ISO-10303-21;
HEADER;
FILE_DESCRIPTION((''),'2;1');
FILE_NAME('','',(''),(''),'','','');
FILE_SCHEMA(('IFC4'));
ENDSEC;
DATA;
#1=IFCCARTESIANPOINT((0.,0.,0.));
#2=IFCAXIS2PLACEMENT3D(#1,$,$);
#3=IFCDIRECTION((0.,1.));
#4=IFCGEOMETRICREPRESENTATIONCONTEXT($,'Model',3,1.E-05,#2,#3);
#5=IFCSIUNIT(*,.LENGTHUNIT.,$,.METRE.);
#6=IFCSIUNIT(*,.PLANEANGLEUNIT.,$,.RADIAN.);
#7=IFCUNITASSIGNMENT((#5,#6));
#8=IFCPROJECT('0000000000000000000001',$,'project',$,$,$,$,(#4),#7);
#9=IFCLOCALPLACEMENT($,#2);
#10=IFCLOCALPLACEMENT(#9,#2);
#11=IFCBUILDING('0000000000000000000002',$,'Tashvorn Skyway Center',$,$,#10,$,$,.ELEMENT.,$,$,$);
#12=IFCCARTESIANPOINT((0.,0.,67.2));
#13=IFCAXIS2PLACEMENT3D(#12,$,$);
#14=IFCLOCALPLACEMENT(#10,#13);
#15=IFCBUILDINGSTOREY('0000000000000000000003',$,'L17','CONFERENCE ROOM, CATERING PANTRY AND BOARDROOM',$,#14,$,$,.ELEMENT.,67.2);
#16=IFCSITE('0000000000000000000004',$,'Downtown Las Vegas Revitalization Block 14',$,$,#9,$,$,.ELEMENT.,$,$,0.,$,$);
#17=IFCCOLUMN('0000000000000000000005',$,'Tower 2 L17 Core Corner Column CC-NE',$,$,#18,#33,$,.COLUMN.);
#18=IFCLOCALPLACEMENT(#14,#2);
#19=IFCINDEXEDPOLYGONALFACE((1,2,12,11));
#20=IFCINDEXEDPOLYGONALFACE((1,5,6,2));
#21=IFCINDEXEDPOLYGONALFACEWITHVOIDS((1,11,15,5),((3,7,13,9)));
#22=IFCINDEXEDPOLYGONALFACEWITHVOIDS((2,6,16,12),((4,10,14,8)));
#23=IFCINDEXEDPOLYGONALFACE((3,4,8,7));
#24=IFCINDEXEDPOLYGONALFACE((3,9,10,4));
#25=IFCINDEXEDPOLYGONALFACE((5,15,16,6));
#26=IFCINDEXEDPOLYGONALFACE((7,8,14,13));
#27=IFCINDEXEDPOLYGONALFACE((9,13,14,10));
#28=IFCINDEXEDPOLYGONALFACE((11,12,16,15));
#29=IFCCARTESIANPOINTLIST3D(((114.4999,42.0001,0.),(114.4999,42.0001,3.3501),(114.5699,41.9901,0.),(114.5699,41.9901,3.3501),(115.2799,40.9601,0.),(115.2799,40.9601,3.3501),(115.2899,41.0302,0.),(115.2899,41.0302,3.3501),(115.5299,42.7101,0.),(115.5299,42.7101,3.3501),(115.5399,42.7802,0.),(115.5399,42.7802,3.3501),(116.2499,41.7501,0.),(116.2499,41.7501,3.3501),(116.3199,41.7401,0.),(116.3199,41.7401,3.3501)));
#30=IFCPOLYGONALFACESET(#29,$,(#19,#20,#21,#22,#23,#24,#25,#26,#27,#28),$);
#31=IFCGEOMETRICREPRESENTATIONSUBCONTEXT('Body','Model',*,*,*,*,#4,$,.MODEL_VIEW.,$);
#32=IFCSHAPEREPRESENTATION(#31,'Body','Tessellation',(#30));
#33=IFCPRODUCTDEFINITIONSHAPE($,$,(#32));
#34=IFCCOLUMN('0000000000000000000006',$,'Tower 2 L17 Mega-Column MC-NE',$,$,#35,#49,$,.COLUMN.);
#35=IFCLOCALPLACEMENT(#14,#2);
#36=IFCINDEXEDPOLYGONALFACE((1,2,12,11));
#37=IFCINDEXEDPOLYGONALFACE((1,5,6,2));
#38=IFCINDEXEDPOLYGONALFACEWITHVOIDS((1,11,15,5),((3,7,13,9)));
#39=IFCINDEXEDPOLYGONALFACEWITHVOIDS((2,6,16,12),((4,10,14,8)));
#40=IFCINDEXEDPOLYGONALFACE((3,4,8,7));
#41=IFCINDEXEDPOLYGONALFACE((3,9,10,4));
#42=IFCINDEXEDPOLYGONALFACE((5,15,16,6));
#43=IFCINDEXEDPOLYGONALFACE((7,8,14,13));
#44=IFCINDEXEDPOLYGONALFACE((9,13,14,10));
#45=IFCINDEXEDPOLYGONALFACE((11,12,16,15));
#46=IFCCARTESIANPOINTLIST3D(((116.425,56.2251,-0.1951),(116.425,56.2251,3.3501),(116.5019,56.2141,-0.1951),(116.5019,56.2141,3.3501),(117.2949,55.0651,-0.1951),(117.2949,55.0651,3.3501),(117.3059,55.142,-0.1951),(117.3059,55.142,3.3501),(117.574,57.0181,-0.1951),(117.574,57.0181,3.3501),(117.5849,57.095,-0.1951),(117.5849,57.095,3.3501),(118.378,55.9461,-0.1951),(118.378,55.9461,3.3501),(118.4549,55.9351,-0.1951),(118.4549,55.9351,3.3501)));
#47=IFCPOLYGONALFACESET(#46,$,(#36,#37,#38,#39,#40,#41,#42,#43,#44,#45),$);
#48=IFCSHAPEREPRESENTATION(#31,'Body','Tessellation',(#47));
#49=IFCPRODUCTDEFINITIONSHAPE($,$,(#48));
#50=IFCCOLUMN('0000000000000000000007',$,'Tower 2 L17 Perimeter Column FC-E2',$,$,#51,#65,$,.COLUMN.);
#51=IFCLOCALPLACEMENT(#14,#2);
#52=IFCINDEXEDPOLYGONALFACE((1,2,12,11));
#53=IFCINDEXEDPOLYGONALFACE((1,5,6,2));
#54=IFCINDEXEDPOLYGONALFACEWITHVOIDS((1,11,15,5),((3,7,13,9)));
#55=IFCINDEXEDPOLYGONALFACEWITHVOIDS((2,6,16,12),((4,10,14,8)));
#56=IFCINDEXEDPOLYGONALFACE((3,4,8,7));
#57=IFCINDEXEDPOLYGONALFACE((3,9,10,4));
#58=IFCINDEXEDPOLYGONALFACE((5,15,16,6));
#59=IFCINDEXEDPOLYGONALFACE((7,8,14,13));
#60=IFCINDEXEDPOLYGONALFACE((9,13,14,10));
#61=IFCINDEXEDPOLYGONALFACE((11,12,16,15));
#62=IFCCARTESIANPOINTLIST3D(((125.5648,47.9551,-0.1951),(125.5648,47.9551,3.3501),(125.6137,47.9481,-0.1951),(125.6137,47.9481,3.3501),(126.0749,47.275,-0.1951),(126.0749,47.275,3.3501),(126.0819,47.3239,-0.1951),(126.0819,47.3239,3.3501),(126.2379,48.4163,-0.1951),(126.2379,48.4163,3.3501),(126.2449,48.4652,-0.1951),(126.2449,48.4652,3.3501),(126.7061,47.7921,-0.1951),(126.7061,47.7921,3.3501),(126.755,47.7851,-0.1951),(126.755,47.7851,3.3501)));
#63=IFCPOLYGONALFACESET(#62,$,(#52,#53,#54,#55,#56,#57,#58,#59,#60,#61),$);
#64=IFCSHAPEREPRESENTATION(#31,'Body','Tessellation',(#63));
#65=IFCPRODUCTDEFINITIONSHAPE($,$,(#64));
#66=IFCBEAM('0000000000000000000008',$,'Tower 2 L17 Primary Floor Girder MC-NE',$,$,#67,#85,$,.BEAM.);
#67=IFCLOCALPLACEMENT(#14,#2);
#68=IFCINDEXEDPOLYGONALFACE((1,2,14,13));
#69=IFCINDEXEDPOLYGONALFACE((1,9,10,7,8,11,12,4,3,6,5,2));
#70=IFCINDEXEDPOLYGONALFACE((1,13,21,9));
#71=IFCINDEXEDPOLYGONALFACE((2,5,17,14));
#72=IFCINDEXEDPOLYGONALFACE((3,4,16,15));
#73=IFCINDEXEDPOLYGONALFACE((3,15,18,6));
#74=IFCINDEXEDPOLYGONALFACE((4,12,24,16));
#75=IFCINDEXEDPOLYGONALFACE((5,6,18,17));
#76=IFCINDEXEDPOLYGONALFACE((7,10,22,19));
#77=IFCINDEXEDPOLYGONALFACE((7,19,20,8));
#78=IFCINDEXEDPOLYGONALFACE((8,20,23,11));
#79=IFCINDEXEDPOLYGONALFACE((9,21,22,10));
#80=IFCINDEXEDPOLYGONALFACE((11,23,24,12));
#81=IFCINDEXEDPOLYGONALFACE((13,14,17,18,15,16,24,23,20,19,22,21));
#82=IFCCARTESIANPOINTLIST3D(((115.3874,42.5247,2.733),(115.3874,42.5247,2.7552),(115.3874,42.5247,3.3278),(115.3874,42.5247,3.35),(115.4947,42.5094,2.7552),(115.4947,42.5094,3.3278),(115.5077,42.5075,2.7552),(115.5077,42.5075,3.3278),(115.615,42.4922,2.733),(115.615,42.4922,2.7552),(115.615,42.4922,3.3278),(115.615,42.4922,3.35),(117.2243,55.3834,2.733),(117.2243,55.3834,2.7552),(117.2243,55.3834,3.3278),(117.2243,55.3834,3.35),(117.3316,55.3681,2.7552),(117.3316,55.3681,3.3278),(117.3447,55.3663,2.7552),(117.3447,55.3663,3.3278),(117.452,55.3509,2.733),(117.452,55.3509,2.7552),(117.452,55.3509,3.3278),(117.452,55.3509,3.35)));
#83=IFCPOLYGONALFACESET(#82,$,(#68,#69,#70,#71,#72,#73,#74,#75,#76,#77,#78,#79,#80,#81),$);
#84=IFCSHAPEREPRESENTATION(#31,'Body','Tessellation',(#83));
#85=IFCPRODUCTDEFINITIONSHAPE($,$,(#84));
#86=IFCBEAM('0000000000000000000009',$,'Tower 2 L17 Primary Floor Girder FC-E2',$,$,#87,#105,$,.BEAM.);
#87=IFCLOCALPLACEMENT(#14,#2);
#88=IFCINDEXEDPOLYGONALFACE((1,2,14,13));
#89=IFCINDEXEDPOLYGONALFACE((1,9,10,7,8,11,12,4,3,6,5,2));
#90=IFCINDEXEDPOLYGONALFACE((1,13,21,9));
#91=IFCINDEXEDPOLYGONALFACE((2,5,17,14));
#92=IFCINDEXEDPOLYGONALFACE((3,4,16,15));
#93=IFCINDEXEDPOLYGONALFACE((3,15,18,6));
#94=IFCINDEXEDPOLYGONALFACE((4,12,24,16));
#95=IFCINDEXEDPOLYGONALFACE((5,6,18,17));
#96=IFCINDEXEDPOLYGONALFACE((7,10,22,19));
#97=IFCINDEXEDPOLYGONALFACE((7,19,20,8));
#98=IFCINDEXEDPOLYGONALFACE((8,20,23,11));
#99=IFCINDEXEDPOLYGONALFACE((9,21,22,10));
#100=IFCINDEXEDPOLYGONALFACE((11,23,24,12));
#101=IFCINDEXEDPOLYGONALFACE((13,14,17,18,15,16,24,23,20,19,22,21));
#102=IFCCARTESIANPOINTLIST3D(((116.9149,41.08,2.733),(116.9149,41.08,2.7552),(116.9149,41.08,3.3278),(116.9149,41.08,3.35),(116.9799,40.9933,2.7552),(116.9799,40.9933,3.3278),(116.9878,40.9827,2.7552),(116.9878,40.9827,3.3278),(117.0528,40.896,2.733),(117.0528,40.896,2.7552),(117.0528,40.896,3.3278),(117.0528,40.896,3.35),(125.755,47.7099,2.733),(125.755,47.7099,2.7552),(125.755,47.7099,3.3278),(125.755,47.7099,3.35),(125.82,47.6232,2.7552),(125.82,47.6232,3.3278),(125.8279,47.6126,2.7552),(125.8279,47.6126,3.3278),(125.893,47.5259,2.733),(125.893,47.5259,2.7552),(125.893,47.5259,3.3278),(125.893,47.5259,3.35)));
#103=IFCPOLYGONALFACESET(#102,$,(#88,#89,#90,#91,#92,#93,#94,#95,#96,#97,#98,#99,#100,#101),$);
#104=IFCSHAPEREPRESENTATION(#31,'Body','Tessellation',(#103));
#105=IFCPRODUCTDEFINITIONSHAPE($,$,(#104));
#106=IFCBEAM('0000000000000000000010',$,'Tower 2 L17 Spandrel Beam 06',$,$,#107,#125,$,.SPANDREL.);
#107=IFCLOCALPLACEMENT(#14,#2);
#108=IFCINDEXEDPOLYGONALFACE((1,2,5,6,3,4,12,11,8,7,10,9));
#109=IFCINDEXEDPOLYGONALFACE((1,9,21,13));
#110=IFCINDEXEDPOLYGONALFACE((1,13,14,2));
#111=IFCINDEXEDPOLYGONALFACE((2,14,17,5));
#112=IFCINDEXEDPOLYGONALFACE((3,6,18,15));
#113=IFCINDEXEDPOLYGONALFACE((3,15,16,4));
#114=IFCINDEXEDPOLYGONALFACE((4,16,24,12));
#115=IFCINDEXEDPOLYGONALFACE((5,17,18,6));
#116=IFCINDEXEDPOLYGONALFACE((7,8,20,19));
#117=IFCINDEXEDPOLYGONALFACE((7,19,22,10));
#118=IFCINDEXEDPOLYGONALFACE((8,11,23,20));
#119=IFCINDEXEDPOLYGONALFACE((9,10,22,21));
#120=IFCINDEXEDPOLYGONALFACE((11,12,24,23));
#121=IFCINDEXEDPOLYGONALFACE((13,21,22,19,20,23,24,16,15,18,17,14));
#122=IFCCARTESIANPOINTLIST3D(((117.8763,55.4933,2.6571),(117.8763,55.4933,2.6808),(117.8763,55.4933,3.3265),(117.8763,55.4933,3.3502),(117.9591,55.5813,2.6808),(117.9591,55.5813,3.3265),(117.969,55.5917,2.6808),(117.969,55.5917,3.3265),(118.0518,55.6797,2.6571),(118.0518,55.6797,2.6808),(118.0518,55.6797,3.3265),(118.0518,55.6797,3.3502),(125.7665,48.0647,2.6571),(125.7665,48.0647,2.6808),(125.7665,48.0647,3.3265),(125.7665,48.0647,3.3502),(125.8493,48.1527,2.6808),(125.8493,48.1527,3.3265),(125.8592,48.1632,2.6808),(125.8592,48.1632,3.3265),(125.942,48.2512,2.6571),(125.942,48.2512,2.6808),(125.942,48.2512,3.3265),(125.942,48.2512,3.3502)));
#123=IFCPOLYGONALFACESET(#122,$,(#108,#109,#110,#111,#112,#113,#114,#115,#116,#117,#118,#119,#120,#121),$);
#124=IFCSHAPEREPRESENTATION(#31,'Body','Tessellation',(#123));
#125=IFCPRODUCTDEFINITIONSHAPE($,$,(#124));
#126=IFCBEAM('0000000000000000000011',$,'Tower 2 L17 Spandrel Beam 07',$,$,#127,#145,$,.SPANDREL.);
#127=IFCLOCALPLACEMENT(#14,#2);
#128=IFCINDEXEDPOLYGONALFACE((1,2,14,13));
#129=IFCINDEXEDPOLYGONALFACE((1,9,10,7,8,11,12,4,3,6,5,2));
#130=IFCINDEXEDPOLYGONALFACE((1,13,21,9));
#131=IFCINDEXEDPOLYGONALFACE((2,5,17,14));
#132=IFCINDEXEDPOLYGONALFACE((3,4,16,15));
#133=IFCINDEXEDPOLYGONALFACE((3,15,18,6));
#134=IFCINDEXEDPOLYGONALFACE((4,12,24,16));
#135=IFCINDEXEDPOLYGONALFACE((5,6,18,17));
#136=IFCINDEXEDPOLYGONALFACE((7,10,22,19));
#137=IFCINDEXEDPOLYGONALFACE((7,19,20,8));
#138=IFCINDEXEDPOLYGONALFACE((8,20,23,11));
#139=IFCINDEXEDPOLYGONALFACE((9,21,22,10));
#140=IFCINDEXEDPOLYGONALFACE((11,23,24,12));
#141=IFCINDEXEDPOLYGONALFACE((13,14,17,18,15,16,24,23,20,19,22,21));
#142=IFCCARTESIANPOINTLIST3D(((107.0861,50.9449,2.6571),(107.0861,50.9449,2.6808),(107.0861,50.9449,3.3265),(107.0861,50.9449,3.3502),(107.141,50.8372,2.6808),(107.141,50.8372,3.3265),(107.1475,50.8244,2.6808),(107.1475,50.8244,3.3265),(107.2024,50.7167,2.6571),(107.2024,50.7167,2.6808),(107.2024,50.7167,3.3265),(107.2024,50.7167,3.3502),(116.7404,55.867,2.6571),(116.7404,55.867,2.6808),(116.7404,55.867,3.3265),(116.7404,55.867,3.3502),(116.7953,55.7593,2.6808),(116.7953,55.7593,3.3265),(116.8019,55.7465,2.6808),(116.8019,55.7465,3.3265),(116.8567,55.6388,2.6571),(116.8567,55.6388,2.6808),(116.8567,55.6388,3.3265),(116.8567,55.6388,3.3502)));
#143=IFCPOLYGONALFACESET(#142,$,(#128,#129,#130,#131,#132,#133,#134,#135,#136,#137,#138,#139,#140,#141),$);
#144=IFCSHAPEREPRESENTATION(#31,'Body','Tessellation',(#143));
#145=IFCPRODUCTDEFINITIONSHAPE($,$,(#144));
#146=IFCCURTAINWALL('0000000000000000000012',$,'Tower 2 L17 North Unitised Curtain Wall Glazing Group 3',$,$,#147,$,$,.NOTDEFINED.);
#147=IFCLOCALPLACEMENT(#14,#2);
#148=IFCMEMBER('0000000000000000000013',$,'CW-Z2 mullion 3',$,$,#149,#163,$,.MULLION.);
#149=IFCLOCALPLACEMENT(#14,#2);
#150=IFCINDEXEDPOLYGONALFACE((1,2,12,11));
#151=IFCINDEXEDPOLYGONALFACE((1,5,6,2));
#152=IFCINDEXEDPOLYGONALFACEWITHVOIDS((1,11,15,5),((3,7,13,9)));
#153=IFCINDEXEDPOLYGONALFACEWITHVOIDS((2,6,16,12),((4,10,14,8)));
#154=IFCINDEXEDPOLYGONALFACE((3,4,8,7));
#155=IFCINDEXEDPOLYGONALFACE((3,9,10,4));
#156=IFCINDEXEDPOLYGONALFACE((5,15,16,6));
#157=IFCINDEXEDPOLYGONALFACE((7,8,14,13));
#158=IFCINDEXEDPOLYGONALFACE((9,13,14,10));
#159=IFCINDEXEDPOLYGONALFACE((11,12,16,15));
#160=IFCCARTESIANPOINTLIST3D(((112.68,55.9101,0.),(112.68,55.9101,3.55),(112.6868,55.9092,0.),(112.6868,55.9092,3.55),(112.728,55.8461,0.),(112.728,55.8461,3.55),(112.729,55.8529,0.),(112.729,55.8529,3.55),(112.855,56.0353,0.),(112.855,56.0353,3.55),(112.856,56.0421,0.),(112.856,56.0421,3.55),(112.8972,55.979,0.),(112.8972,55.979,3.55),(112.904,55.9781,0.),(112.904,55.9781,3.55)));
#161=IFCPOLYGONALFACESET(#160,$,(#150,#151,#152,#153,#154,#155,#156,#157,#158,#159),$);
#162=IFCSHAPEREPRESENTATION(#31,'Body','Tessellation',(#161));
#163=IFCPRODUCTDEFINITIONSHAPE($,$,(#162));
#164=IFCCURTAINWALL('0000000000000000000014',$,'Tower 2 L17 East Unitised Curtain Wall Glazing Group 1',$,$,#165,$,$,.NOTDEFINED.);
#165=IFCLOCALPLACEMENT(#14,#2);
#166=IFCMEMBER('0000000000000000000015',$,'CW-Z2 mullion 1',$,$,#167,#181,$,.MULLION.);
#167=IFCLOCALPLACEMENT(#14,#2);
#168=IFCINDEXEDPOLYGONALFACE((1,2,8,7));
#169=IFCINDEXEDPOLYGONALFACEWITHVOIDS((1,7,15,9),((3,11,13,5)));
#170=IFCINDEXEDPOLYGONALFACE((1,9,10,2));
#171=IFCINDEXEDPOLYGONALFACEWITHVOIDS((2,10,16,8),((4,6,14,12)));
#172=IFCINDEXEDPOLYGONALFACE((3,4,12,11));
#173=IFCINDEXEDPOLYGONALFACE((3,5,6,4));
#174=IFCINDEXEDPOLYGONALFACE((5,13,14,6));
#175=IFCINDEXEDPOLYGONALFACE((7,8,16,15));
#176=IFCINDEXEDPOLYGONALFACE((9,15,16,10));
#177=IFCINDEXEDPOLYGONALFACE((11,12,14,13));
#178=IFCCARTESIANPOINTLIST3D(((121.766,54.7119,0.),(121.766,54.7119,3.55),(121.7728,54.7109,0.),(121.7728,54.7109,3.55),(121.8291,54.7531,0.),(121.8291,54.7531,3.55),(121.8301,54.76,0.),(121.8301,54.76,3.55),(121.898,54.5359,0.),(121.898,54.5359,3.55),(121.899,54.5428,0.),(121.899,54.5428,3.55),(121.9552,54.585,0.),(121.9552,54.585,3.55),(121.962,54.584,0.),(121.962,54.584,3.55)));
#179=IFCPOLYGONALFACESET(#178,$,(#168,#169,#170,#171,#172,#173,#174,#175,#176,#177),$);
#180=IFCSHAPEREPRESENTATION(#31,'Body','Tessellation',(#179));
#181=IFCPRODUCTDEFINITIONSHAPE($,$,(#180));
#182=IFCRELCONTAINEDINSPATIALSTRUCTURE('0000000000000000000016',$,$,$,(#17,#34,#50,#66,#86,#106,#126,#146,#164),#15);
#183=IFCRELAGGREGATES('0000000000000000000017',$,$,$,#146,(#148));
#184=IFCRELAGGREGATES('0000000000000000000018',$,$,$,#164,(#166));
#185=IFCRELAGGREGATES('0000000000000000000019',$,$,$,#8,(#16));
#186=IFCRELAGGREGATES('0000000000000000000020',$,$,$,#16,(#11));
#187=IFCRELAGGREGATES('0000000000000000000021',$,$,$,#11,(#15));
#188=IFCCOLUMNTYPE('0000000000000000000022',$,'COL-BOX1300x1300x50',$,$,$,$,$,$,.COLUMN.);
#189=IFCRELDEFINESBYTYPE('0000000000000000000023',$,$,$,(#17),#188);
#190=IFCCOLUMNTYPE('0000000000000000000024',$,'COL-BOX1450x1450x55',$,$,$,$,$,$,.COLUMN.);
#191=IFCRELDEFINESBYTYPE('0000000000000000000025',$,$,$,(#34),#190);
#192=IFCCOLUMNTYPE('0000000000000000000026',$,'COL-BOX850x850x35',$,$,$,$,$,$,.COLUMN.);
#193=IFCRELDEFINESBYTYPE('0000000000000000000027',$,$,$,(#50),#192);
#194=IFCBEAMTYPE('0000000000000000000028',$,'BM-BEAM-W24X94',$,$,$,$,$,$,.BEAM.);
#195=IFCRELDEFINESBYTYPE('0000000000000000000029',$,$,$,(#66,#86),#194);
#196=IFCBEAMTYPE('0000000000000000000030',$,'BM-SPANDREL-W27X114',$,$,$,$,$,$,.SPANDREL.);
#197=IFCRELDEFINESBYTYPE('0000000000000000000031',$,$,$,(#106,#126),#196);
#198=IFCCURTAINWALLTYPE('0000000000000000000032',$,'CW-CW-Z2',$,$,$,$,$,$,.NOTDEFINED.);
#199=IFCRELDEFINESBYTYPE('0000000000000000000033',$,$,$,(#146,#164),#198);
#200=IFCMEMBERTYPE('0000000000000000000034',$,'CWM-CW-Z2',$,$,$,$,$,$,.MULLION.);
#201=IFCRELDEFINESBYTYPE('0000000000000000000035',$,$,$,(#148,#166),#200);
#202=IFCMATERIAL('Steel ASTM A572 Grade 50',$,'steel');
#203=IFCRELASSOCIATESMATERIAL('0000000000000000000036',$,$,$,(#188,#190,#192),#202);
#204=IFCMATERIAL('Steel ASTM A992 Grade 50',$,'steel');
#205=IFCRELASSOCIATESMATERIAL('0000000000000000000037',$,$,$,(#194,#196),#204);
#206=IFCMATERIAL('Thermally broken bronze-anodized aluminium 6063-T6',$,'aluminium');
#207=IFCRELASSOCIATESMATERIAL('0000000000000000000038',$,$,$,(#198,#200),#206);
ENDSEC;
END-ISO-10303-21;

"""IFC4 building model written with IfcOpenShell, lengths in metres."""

from ifc_helpers import new_model, si_unit, direction, frame, origin, origin_2d, place, context, subcontext, project, spatial, hollow_rectangle, i_section, extrude, material, material_profile, profile_set, type_object, element, aggregate, save


model = new_model("IFC4")

# Units and contexts
model_context = context("Model", 3, precision=1e-05, world=origin(), true_north=direction((0.0, 1.0)))
body_context = subcontext(model_context, "Body", "Model", "MODEL_VIEW")
ifc_project = project(units=[si_unit("LENGTHUNIT", "METRE"), si_unit("PLANEANGLEUNIT", "RADIAN")], contexts=[model_context])

# Site, building, storey
site_placement = place(None, origin())
site = spatial("IfcSite", under=ifc_project, at=site_placement, Name="Downtown Las Vegas Revitalization Block 14", CompositionType="ELEMENT", RefElevation=0.0)
building_placement = place(site_placement, origin())
building = spatial("IfcBuilding", under=site, at=building_placement, Name="Tashvorn Skyway Center", CompositionType="ELEMENT")
storey_placement = place(building_placement, frame((0.0, 0.0, 67.2)))
storey = spatial("IfcBuildingStorey", under=building, at=storey_placement, Name="L17", Description="CONFERENCE ROOM, CATERING PANTRY AND BOARDROOM", CompositionType="ELEMENT", Elevation=67.2)

# Columns
ifc_material_1 = material(Name="Steel ASTM A572 Grade 50", Category="steel")
ifc_material_profile_1 = material_profile(ifc_material_1, hollow_rectangle(XDim=1.3, YDim=1.3, WallThickness=0.05, at=origin_2d()), Name="BOX1300x1300x50")
ifc_profile_set_1 = profile_set([ifc_material_profile_1], Name="Steel ASTM A572 Grade 50")
column_type_1 = type_object("IfcColumnType", Name="COL-BOX1300x1300x50", PredefinedType="COLUMN", material=ifc_profile_set_1)
column_1_placement = place(storey_placement, frame((115.4099, 41.8701, 0.0), z_axis=(0.0, 0.0, 1.0), x_axis=(0.8, 0.6, 0.0)))
element("IfcColumn", 1, at=column_1_placement, inside=storey, type_object=column_type_1, Name="Tower 2 L17 Core Corner Column CC-NE", PredefinedType="COLUMN", context=body_context, shape_type="SweptSolid", body=[
    extrude(hollow_rectangle(XDim=1.3, YDim=1.3, WallThickness=0.05, at=origin_2d()), origin(), (0.0, 0.0, 1.0), 3.3501),
])
ifc_material_profile_2 = material_profile(ifc_material_1, hollow_rectangle(XDim=1.45, YDim=1.45, WallThickness=0.0549, at=origin_2d()), Name="BOX1450x1450x55")
ifc_profile_set_2 = profile_set([ifc_material_profile_2], Name="Steel ASTM A572 Grade 50")
column_type_2 = type_object("IfcColumnType", Name="COL-BOX1450x1450x55", PredefinedType="COLUMN", material=ifc_profile_set_2)
column_2_placement = place(storey_placement, frame((117.4399, 56.0801, -0.1951), z_axis=(0.0, 0.0, 1.0), x_axis=(0.8, 0.6, 0.0)))
element("IfcColumn", 2, at=column_2_placement, inside=storey, type_object=column_type_2, Name="Tower 2 L17 Mega-Column MC-NE", PredefinedType="COLUMN", context=body_context, shape_type="SweptSolid", body=[
    extrude(hollow_rectangle(XDim=1.45, YDim=1.45, WallThickness=0.0549, at=origin_2d()), origin(), (0.0, 0.0, 1.0), 3.5452),
])
ifc_material_profile_3 = material_profile(ifc_material_1, hollow_rectangle(XDim=0.8501, YDim=0.8501, WallThickness=0.0349, at=origin_2d()), Name="BOX850x850x35")
ifc_profile_set_3 = profile_set([ifc_material_profile_3], Name="Steel ASTM A572 Grade 50")
column_type_3 = type_object("IfcColumnType", Name="COL-BOX850x850x35", PredefinedType="COLUMN", material=ifc_profile_set_3)
column_3_placement = place(storey_placement, frame((126.1599, 47.8701, -0.1951), z_axis=(0.0, 0.0, 1.0), x_axis=(0.8, 0.6, 0.0)))
element("IfcColumn", 3, at=column_3_placement, inside=storey, type_object=column_type_3, Name="Tower 2 L17 Perimeter Column FC-E2", PredefinedType="COLUMN", context=body_context, shape_type="SweptSolid", body=[
    extrude(hollow_rectangle(XDim=0.8501, YDim=0.8501, WallThickness=0.0349, at=origin_2d()), origin(), (0.0, 0.0, 1.0), 3.5452),
])

# Beams
ifc_material_2 = material(Name="Steel ASTM A992 Grade 50", Category="steel")
ifc_material_profile_4 = material_profile(ifc_material_2, i_section(OverallWidth=0.23, OverallDepth=0.6169, WebThickness=0.0132, FlangeThickness=0.0222, at=origin_2d()), Name="W24X94")
ifc_profile_set_4 = profile_set([ifc_material_profile_4], Name="Steel ASTM A992 Grade 50")
beam_type_1 = type_object("IfcBeamType", Name="BM-BEAM-W24X94", PredefinedType="BEAM", material=ifc_profile_set_4)
beam_1_placement = place(storey_placement, frame((117.3381, 55.3672, 3.0415), z_axis=(-0.141419, -0.98995, 0.0), x_axis=(0.98995, -0.141419, 0.0)))
element("IfcBeam", 4, at=beam_1_placement, inside=storey, type_object=beam_type_1, Name="Tower 2 L17 Primary Floor Girder MC-NE", PredefinedType="BEAM", context=body_context, shape_type="SweptSolid", body=[
    extrude(i_section(OverallWidth=0.23, OverallDepth=0.6169, WebThickness=0.0132, FlangeThickness=0.0222, at=origin_2d()), origin(), (0.0, 0.0, 1.0), 12.9893),
])
beam_2_placement = place(storey_placement, frame((125.824, 47.6179, 3.0415), z_axis=(-0.800008, -0.599989, 0.0), x_axis=(0.599989, -0.800008, 0.0)))
element("IfcBeam", 5, at=beam_2_placement, inside=storey, type_object=beam_type_1, Name="Tower 2 L17 Primary Floor Girder FC-E2", PredefinedType="BEAM", context=body_context, shape_type="SweptSolid", body=[
    extrude(i_section(OverallWidth=0.23, OverallDepth=0.6169, WebThickness=0.0132, FlangeThickness=0.0222, at=origin_2d()), origin(), (0.0, 0.0, 1.0), 11.05),
])
ifc_material_profile_5 = material_profile(ifc_material_2, i_section(OverallWidth=0.2561, OverallDepth=0.6931, WebThickness=0.0144, FlangeThickness=0.0237, at=origin_2d()), Name="W27X114")
ifc_profile_set_5 = profile_set([ifc_material_profile_5], Name="Steel ASTM A992 Grade 50")
beam_type_2 = type_object("IfcBeamType", Name="BM-SPANDREL-W27X114", PredefinedType="SPANDREL", material=ifc_profile_set_5)
beam_3_placement = place(storey_placement, frame((125.8542, 48.158, 3.0037), z_axis=(-0.728087, 0.685485, 0.0), x_axis=(-0.685485, -0.728087, 0.0)))
element("IfcBeam", 6, at=beam_3_placement, inside=storey, type_object=beam_type_2, Name="Tower 2 L17 Spandrel Beam 06", PredefinedType="SPANDREL", context=body_context, shape_type="SweptSolid", body=[
    extrude(i_section(OverallWidth=0.2561, OverallDepth=0.6931, WebThickness=0.0144, FlangeThickness=0.0237, at=origin_2d()), origin(), (0.0, 0.0, 1.0), 10.8369),
])
beam_4_placement = place(storey_placement, frame((116.7986, 55.7529, 3.0037), z_axis=(-0.890894, -0.454211, 0.0), x_axis=(0.454211, -0.890894, 0.0)))
element("IfcBeam", 7, at=beam_4_placement, inside=storey, type_object=beam_type_2, Name="Tower 2 L17 Spandrel Beam 07", PredefinedType="SPANDREL", context=body_context, shape_type="SweptSolid", body=[
    extrude(i_section(OverallWidth=0.2561, OverallDepth=0.6931, WebThickness=0.0144, FlangeThickness=0.0237, at=origin_2d()), origin(), (0.0, 0.0, 1.0), 10.8367),
])

# Curtain wall, member
ifc_material_3 = material(Name="Thermally broken bronze-anodized aluminium 6063-T6", Category="aluminium")
curtain_wall_type = type_object("IfcCurtainWallType", Name="CW-CW-Z2", PredefinedType="NOTDEFINED", material=ifc_material_3)
curtain_wall_1_placement = place(storey_placement, origin())
curtain_wall_1 = element("IfcCurtainWall", 8, at=curtain_wall_1_placement, inside=storey, type_object=curtain_wall_type, Name="Tower 2 L17 North Unitised Curtain Wall Glazing Group 3", PredefinedType="NOTDEFINED")
ifc_material_profile_6 = material_profile(ifc_material_3, hollow_rectangle(XDim=0.0801, YDim=0.22, WallThickness=0.0049, at=origin_2d()), Name="ALU-MULL-80x220")
ifc_profile_set_6 = profile_set([ifc_material_profile_6], Name="Thermally broken bronze-anodized aluminium 6063-T6")
member_type_1 = type_object("IfcMemberType", Name="CWM-CW-Z2", PredefinedType="MULLION", material=ifc_profile_set_6)
member_1_placement = place(storey_placement, frame((112.792, 55.9441, 0.0), z_axis=(0.0, 0.0, 1.0), x_axis=(-0.6, 0.8, 0.0)))
member_1 = element("IfcMember", 9, at=member_1_placement, type_object=member_type_1, Name="CW-Z2 mullion 3", PredefinedType="MULLION", context=body_context, shape_type="SweptSolid", body=[
    extrude(hollow_rectangle(XDim=0.0801, YDim=0.22, WallThickness=0.0049, at=origin_2d()), origin(), (0.0, 0.0, 1.0), 3.55),
])
aggregate(curtain_wall_1, [member_1])

# Curtain wall, member
curtain_wall_2_placement = place(storey_placement, origin())
curtain_wall_2 = element("IfcCurtainWall", 10, at=curtain_wall_2_placement, inside=storey, type_object=curtain_wall_type, Name="Tower 2 L17 East Unitised Curtain Wall Glazing Group 1", PredefinedType="NOTDEFINED")
member_2_placement = place(storey_placement, frame((121.864, 54.6479, 0.0), z_axis=(0.0, 0.0, 1.0), x_axis=(0.8, 0.6, 0.0)))
member_2 = element("IfcMember", 11, at=member_2_placement, type_object=member_type_1, Name="CW-Z2 mullion 1", PredefinedType="MULLION", context=body_context, shape_type="SweptSolid", body=[
    extrude(hollow_rectangle(XDim=0.0801, YDim=0.22, WallThickness=0.0049, at=origin_2d()), origin(), (0.0, 0.0, 1.0), 3.55),
])

aggregate(curtain_wall_2, [member_2])

save(model, "model.ifc")
